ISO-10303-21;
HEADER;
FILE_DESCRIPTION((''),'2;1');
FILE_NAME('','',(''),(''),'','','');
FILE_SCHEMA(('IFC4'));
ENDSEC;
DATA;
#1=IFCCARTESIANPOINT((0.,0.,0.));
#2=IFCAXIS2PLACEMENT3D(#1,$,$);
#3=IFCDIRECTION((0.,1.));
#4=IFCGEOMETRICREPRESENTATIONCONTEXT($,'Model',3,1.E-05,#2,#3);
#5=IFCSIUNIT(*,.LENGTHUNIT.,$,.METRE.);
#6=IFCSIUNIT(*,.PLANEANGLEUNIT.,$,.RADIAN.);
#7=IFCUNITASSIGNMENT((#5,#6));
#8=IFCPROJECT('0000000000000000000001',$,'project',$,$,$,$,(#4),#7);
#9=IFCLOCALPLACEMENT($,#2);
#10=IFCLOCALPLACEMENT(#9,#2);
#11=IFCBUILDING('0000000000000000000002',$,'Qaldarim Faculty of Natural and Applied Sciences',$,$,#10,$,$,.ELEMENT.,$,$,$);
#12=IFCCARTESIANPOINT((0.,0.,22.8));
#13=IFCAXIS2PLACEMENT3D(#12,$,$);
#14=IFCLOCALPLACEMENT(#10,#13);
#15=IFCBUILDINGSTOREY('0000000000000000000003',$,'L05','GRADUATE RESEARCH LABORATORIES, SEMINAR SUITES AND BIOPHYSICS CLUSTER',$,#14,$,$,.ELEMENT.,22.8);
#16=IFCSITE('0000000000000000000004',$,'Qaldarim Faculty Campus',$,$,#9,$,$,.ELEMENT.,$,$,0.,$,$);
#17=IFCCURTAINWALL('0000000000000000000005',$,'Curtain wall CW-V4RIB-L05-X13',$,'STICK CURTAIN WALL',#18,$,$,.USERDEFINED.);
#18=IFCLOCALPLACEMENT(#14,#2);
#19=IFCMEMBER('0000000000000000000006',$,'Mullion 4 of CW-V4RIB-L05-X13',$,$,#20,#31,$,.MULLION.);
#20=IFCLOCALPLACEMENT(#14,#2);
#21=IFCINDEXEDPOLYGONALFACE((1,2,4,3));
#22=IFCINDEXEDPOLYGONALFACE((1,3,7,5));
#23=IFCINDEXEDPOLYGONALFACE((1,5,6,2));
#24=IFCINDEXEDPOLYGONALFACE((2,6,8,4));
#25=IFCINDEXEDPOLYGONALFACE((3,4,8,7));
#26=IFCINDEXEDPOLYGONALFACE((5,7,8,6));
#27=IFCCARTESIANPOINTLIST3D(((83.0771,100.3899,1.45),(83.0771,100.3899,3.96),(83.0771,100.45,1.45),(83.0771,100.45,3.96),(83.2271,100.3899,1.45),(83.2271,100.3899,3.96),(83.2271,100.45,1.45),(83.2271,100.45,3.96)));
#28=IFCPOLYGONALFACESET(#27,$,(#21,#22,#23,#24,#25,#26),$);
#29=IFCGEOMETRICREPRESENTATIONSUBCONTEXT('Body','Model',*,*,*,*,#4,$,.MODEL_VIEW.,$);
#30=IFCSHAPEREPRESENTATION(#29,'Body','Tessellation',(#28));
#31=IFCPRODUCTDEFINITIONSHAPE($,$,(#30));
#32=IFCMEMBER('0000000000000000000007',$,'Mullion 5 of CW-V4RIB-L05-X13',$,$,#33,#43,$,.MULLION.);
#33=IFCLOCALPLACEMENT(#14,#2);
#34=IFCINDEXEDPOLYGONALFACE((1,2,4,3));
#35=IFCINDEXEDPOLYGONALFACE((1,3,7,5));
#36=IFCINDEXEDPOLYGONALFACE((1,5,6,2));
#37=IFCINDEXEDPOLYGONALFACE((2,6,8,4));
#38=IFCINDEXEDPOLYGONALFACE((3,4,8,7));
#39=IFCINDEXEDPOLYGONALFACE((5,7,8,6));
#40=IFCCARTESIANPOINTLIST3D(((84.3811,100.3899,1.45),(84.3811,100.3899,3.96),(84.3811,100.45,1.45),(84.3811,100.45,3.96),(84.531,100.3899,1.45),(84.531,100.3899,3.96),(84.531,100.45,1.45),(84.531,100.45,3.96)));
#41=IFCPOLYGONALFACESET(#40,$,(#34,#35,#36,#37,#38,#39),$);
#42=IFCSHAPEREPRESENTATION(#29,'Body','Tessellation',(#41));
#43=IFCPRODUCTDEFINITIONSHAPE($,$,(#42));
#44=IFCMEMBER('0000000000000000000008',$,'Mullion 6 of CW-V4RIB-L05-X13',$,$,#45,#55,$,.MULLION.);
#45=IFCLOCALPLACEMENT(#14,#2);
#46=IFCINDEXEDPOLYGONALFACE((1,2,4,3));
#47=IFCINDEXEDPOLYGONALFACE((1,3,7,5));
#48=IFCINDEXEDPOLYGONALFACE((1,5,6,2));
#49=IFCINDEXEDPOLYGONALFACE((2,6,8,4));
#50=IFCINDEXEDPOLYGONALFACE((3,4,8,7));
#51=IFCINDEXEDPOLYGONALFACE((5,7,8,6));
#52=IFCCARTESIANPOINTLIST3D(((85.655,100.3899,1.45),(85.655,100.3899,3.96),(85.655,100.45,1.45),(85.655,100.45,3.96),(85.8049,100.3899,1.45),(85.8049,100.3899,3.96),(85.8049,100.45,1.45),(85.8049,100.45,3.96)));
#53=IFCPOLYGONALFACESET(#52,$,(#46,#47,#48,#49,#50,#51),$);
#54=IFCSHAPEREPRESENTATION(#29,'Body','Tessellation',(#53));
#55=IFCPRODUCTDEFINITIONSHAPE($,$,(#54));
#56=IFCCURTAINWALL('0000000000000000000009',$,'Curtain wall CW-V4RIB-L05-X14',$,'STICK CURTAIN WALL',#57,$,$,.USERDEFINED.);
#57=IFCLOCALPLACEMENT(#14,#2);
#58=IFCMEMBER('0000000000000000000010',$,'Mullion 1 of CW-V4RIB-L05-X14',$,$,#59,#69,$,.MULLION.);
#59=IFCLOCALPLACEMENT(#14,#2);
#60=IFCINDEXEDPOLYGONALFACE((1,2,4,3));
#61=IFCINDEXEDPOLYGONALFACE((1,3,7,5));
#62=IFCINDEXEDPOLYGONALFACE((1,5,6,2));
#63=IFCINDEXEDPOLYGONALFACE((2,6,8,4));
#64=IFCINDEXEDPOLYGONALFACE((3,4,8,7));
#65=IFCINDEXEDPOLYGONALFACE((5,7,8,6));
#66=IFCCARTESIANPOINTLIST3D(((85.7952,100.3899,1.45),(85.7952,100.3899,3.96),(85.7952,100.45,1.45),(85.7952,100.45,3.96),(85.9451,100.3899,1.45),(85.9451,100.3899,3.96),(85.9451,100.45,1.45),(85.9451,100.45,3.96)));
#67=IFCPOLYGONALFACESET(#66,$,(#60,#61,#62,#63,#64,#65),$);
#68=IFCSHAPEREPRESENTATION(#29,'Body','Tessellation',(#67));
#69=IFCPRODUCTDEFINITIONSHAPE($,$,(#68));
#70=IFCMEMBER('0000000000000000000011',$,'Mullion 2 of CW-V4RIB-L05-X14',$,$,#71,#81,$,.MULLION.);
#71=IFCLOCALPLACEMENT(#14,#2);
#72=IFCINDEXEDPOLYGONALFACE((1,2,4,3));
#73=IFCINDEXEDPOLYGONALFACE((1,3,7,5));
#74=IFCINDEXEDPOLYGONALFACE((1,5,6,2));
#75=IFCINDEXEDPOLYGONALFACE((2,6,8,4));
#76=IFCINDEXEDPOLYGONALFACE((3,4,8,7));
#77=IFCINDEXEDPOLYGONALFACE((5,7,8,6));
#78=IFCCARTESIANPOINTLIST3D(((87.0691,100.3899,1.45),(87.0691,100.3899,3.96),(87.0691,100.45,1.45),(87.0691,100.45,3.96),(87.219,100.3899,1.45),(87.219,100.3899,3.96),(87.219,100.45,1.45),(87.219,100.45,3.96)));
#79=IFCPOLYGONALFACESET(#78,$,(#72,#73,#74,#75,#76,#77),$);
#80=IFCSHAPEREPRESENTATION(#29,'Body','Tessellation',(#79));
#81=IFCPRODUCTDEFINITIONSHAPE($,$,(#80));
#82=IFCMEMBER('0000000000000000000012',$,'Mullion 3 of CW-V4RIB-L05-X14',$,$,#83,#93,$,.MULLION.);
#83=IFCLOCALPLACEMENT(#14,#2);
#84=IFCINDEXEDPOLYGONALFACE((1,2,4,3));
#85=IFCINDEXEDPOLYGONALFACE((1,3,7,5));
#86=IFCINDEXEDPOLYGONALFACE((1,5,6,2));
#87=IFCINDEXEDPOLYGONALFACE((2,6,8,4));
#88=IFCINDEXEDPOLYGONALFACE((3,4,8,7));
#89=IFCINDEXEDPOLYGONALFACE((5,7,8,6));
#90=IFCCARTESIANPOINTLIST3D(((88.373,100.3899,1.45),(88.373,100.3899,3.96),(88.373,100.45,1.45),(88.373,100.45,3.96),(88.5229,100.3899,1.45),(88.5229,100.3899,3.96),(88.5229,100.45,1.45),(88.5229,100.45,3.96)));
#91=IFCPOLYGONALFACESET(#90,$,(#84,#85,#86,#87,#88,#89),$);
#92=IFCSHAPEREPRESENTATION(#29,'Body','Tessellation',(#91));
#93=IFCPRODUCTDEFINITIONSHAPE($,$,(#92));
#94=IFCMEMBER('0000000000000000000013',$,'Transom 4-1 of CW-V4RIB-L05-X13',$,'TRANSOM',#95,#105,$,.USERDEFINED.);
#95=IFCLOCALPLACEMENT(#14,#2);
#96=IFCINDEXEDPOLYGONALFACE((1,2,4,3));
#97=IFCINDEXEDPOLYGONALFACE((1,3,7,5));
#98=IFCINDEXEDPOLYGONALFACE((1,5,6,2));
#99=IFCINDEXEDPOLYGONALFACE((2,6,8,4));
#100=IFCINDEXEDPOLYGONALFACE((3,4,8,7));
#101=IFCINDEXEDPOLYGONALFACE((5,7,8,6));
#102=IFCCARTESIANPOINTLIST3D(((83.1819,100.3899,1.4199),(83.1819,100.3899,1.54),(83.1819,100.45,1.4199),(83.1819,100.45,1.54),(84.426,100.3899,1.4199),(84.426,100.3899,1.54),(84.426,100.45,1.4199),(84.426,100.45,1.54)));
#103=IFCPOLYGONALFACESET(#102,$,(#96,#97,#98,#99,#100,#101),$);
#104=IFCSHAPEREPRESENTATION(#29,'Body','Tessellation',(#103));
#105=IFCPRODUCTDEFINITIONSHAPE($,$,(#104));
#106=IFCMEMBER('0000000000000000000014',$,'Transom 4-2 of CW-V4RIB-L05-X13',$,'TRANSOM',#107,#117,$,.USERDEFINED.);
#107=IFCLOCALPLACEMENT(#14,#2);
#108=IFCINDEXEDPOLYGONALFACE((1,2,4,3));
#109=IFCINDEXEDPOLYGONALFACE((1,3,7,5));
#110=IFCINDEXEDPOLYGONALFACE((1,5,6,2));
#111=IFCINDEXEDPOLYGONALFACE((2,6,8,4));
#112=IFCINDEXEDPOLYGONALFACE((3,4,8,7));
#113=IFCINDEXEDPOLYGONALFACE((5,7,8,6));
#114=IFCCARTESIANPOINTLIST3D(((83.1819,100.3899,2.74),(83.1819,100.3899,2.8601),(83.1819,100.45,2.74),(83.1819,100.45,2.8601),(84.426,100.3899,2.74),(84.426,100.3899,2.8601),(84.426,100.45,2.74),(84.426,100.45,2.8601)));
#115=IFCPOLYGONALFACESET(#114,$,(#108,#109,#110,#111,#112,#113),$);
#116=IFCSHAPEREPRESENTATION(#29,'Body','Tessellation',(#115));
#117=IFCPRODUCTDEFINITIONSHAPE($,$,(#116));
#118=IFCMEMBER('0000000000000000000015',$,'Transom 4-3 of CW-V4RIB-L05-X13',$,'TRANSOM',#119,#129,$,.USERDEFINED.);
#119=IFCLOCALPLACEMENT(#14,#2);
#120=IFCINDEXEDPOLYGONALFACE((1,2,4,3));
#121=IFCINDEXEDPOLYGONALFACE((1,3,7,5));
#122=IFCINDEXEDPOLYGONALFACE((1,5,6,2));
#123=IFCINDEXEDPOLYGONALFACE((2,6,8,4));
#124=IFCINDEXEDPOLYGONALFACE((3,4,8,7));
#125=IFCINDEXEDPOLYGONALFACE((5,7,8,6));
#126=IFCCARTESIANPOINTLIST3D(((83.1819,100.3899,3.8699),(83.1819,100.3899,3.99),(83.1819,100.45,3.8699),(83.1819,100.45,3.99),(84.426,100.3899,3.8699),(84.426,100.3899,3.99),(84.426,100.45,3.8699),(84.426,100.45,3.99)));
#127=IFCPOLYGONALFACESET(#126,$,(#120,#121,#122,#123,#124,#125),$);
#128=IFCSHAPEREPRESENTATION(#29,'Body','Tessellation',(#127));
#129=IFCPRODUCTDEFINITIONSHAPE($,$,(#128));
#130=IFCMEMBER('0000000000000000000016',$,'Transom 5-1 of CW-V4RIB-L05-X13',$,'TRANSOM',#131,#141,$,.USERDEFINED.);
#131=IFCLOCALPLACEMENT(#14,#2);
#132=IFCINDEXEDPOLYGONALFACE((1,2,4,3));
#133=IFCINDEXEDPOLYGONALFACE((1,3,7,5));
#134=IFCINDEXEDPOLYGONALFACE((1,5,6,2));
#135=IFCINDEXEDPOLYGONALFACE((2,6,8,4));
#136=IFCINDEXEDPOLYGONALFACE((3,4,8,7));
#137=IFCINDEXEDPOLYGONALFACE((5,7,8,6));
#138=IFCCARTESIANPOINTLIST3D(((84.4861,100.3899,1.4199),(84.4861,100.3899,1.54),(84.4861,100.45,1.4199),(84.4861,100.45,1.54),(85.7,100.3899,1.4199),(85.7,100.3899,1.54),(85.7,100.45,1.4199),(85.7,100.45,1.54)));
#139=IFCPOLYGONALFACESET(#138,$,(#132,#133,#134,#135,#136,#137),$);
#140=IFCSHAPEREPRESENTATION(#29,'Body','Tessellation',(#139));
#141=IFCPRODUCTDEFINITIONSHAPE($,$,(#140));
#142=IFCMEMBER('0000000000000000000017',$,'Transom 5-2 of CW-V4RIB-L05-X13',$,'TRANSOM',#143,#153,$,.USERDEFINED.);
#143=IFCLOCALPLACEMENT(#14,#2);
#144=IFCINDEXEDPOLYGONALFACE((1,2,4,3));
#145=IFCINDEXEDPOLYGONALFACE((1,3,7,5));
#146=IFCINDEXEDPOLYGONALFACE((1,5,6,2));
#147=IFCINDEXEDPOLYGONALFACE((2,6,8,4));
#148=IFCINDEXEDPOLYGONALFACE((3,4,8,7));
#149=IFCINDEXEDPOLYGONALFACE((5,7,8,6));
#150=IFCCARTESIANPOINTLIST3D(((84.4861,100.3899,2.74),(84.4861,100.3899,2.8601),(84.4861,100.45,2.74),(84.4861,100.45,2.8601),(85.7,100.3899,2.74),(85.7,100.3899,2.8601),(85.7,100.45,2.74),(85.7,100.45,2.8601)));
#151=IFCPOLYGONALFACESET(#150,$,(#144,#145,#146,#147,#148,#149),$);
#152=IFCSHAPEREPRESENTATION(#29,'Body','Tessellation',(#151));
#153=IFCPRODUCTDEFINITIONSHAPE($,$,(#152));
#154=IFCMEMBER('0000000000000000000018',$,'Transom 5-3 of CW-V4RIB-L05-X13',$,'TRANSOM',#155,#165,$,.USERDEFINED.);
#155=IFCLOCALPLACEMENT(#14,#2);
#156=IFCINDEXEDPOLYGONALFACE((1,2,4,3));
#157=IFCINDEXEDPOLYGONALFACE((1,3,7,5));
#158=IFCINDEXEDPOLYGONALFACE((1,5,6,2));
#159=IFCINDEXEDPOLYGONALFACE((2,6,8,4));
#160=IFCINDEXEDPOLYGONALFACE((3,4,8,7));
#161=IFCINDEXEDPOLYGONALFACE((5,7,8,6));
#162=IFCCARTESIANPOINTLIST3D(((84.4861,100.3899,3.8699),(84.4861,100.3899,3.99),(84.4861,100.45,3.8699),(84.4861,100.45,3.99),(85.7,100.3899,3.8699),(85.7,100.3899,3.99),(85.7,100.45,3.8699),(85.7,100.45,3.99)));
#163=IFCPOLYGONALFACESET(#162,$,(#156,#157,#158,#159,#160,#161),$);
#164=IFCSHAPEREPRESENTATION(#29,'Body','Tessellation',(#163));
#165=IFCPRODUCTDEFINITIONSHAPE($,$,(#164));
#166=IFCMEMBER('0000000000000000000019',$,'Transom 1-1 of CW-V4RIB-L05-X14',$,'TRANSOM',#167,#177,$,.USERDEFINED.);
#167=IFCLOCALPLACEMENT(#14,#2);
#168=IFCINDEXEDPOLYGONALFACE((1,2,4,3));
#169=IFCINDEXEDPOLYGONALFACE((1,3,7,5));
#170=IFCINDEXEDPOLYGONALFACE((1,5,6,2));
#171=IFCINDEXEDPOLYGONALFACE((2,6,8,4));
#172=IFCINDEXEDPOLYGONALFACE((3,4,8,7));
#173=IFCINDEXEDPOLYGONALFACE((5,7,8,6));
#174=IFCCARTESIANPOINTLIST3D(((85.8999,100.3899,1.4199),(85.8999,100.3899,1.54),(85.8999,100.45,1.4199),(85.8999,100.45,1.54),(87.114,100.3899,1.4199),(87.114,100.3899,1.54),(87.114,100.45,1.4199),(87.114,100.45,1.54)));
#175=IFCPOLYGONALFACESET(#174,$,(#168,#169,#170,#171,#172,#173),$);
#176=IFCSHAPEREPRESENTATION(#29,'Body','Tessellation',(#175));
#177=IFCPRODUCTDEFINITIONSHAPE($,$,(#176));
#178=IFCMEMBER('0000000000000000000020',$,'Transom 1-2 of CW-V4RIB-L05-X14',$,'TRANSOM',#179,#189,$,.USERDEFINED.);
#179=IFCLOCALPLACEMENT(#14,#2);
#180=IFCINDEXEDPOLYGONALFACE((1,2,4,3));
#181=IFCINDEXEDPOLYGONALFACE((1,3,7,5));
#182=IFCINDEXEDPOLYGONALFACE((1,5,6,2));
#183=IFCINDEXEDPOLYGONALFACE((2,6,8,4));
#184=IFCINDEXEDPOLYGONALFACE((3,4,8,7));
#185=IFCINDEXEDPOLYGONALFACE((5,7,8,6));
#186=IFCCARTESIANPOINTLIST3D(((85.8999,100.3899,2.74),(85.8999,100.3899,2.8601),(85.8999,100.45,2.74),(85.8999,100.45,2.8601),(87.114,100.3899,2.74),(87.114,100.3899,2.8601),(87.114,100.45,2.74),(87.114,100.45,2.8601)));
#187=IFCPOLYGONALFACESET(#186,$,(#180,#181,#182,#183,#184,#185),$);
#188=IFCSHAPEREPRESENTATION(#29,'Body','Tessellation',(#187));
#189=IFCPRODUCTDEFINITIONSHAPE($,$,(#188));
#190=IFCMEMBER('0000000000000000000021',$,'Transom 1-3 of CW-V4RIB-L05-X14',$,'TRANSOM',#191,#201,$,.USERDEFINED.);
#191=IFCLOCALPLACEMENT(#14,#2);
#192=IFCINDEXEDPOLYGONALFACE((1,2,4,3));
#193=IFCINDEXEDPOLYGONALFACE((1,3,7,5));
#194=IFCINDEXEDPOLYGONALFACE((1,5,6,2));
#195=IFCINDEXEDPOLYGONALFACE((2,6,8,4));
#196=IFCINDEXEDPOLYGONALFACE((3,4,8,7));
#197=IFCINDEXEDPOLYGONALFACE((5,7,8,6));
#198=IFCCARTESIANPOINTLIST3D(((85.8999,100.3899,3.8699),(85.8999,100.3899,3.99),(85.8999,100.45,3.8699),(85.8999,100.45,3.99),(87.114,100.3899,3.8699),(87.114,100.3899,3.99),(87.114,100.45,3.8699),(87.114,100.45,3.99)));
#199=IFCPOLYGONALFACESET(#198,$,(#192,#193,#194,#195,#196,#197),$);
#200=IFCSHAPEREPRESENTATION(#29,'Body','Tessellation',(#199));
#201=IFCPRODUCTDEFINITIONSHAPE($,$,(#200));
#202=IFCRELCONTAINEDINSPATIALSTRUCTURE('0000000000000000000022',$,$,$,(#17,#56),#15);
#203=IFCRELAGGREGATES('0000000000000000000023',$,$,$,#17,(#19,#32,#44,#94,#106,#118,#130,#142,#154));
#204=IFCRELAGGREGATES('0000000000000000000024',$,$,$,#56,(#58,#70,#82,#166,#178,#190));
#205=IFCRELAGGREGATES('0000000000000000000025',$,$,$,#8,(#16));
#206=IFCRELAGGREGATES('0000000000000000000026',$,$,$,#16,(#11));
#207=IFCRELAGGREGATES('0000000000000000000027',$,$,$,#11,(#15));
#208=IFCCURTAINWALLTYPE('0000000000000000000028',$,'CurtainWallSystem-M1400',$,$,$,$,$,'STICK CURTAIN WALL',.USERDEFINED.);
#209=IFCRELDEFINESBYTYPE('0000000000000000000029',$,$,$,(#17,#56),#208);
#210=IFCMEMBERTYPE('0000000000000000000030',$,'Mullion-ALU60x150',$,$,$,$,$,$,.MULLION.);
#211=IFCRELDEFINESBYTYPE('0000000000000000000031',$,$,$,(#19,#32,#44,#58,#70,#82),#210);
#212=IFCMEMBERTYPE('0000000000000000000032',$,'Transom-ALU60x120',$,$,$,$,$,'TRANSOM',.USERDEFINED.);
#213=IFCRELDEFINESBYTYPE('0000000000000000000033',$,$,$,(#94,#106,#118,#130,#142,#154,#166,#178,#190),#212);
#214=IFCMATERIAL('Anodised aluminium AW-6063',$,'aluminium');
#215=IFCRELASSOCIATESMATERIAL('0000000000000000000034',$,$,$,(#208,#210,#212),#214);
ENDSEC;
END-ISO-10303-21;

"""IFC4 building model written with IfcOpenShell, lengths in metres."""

from ifc_helpers import new_model, si_unit, direction, frame, origin, origin_2d, place, context, subcontext, project, spatial, rectangle, extrude, material, material_profile, profile_set, type_object, element, aggregate, save


model = new_model("IFC4")

# Units and contexts
model_context = context("Model", 3, precision=1e-05, world=origin(), true_north=direction((0.0, 1.0)))
body_context = subcontext(model_context, "Body", "Model", "MODEL_VIEW")
ifc_project = project(units=[si_unit("LENGTHUNIT", "METRE"), si_unit("PLANEANGLEUNIT", "RADIAN")], contexts=[model_context])

# Site, building, storey
site_placement = place(None, origin())
site = spatial("IfcSite", under=ifc_project, at=site_placement, Name="Qaldarim Faculty Campus", CompositionType="ELEMENT", RefElevation=0.0)
building_placement = place(site_placement, origin())
building = spatial("IfcBuilding", under=site, at=building_placement, Name="Qaldarim Faculty of Natural and Applied Sciences", CompositionType="ELEMENT")
storey_placement = place(building_placement, frame((0.0, 0.0, 22.8)))
storey = spatial("IfcBuildingStorey", under=building, at=storey_placement, Name="L05", Description="GRADUATE RESEARCH LABORATORIES, SEMINAR SUITES AND BIOPHYSICS CLUSTER", CompositionType="ELEMENT", Elevation=22.8)

# Curtain walls, members
ifc_material_1 = material(Name="Anodised aluminium AW-6063", Category="aluminium")
curtain_wall_type = type_object("IfcCurtainWallType", Name="CurtainWallSystem-M1400", ElementType="STICK CURTAIN WALL", PredefinedType="USERDEFINED", material=ifc_material_1)
curtain_wall_1_placement = place(storey_placement, origin())
curtain_wall_1 = element("IfcCurtainWall", 1, at=curtain_wall_1_placement, inside=storey, type_object=curtain_wall_type, Name="Curtain wall CW-V4RIB-L05-X13", ObjectType="STICK CURTAIN WALL", PredefinedType="USERDEFINED")
ifc_material_profile_1 = material_profile(ifc_material_1, rectangle(XDim=0.0601, YDim=0.1499, at=origin_2d()), Name="ALU-M60x150")
ifc_profile_set_1 = profile_set([ifc_material_profile_1], Name="Anodised aluminium AW-6063")
member_type_1 = type_object("IfcMemberType", Name="Mullion-ALU60x150", PredefinedType="MULLION", material=ifc_profile_set_1)
member_1_placement = place(storey_placement, frame((83.1521, 100.4199, 1.45), z_axis=(0.0, 0.0, 1.0), x_axis=(0.0, 1.0, 0.0)))
member_1 = element("IfcMember", 2, at=member_1_placement, type_object=member_type_1, Name="Mullion 4 of CW-V4RIB-L05-X13", PredefinedType="MULLION", context=body_context, shape_type="SweptSolid", body=[
    extrude(rectangle(XDim=0.0601, YDim=0.1499, at=origin_2d()), origin(), (0.0, 0.0, 1.0), 2.51),
])
member_2_placement = place(storey_placement, frame((84.4561, 100.4199, 1.45), z_axis=(0.0, 0.0, 1.0), x_axis=(0.0, 1.0, 0.0)))
member_2 = element("IfcMember", 3, at=member_2_placement, type_object=member_type_1, Name="Mullion 5 of CW-V4RIB-L05-X13", PredefinedType="MULLION", context=body_context, shape_type="SweptSolid", body=[
    extrude(rectangle(XDim=0.0601, YDim=0.1499, at=origin_2d()), origin(), (0.0, 0.0, 1.0), 2.51),
])
member_3_placement = place(storey_placement, frame((85.73, 100.4199, 1.45), z_axis=(0.0, 0.0, 1.0), x_axis=(0.0, 1.0, 0.0)))
member_3 = element("IfcMember", 4, at=member_3_placement, type_object=member_type_1, Name="Mullion 6 of CW-V4RIB-L05-X13", PredefinedType="MULLION", context=body_context, shape_type="SweptSolid", body=[
    extrude(rectangle(XDim=0.0601, YDim=0.1499, at=origin_2d()), origin(), (0.0, 0.0, 1.0), 2.51),
])
curtain_wall_2_placement = place(storey_placement, origin())
curtain_wall_2 = element("IfcCurtainWall", 5, at=curtain_wall_2_placement, inside=storey, type_object=curtain_wall_type, Name="Curtain wall CW-V4RIB-L05-X14", ObjectType="STICK CURTAIN WALL", PredefinedType="USERDEFINED")
member_4_placement = place(storey_placement, frame((85.8701, 100.4199, 1.45), z_axis=(0.0, 0.0, 1.0), x_axis=(0.0, 1.0, 0.0)))
member_4 = element("IfcMember", 6, at=member_4_placement, type_object=member_type_1, Name="Mullion 1 of CW-V4RIB-L05-X14", PredefinedType="MULLION", context=body_context, shape_type="SweptSolid", body=[
    extrude(rectangle(XDim=0.0601, YDim=0.1499, at=origin_2d()), origin(), (0.0, 0.0, 1.0), 2.51),
])
member_5_placement = place(storey_placement, frame((87.144, 100.4199, 1.45), z_axis=(0.0, 0.0, 1.0), x_axis=(0.0, 1.0, 0.0)))
member_5 = element("IfcMember", 7, at=member_5_placement, type_object=member_type_1, Name="Mullion 2 of CW-V4RIB-L05-X14", PredefinedType="MULLION", context=body_context, shape_type="SweptSolid", body=[
    extrude(rectangle(XDim=0.0601, YDim=0.1499, at=origin_2d()), origin(), (0.0, 0.0, 1.0), 2.51),
])
member_6_placement = place(storey_placement, frame((88.448, 100.4199, 1.45), z_axis=(0.0, 0.0, 1.0), x_axis=(0.0, 1.0, 0.0)))
member_6 = element("IfcMember", 8, at=member_6_placement, type_object=member_type_1, Name="Mullion 3 of CW-V4RIB-L05-X14", PredefinedType="MULLION", context=body_context, shape_type="SweptSolid", body=[
    extrude(rectangle(XDim=0.0601, YDim=0.1499, at=origin_2d()), origin(), (0.0, 0.0, 1.0), 2.51),
])

# Members
ifc_material_profile_2 = material_profile(ifc_material_1, rectangle(XDim=0.0601, YDim=0.1201, at=origin_2d()), Name="ALU-T60x120")
ifc_profile_set_2 = profile_set([ifc_material_profile_2], Name="Anodised aluminium AW-6063")
member_type_2 = type_object("IfcMemberType", Name="Transom-ALU60x120", ElementType="TRANSOM", PredefinedType="USERDEFINED", material=ifc_profile_set_2)
member_7_placement = place(storey_placement, frame((83.1819, 100.4199, 1.48), z_axis=(1.0, 0.0, 0.0), x_axis=(0.0, 1.0, 0.0)))
member_7 = element("IfcMember", 9, at=member_7_placement, type_object=member_type_2, Name="Transom 4-1 of CW-V4RIB-L05-X13", ObjectType="TRANSOM", PredefinedType="USERDEFINED", context=body_context, shape_type="SweptSolid", body=[
    extrude(rectangle(XDim=0.0601, YDim=0.1201, at=origin_2d()), origin(), (0.0, 0.0, 1.0), 1.2441),
])
member_8_placement = place(storey_placement, frame((83.1819, 100.4199, 2.8), z_axis=(1.0, 0.0, 0.0), x_axis=(0.0, 1.0, 0.0)))
member_8 = element("IfcMember", 10, at=member_8_placement, type_object=member_type_2, Name="Transom 4-2 of CW-V4RIB-L05-X13", ObjectType="TRANSOM", PredefinedType="USERDEFINED", context=body_context, shape_type="SweptSolid", body=[
    extrude(rectangle(XDim=0.0601, YDim=0.1201, at=origin_2d()), origin(), (0.0, 0.0, 1.0), 1.2441),
])
member_9_placement = place(storey_placement, frame((83.1819, 100.4199, 3.9299), z_axis=(1.0, 0.0, 0.0), x_axis=(0.0, 1.0, 0.0)))
member_9 = element("IfcMember", 11, at=member_9_placement, type_object=member_type_2, Name="Transom 4-3 of CW-V4RIB-L05-X13", ObjectType="TRANSOM", PredefinedType="USERDEFINED", context=body_context, shape_type="SweptSolid", body=[
    extrude(rectangle(XDim=0.0601, YDim=0.1201, at=origin_2d()), origin(), (0.0, 0.0, 1.0), 1.2441),
])
member_10_placement = place(storey_placement, frame((84.4861, 100.4199, 1.48), z_axis=(1.0, 0.0, 0.0), x_axis=(0.0, 1.0, 0.0)))
member_10 = element("IfcMember", 12, at=member_10_placement, type_object=member_type_2, Name="Transom 5-1 of CW-V4RIB-L05-X13", ObjectType="TRANSOM", PredefinedType="USERDEFINED", context=body_context, shape_type="SweptSolid", body=[
    extrude(rectangle(XDim=0.0601, YDim=0.1201, at=origin_2d()), origin(), (0.0, 0.0, 1.0), 1.2139),
])
member_11_placement = place(storey_placement, frame((84.4861, 100.4199, 2.8), z_axis=(1.0, 0.0, 0.0), x_axis=(0.0, 1.0, 0.0)))
member_11 = element("IfcMember", 13, at=member_11_placement, type_object=member_type_2, Name="Transom 5-2 of CW-V4RIB-L05-X13", ObjectType="TRANSOM", PredefinedType="USERDEFINED", context=body_context, shape_type="SweptSolid", body=[
    extrude(rectangle(XDim=0.0601, YDim=0.1201, at=origin_2d()), origin(), (0.0, 0.0, 1.0), 1.2139),
])
member_12_placement = place(storey_placement, frame((84.4861, 100.4199, 3.9299), z_axis=(1.0, 0.0, 0.0), x_axis=(0.0, 1.0, 0.0)))
member_12 = element("IfcMember", 14, at=member_12_placement, type_object=member_type_2, Name="Transom 5-3 of CW-V4RIB-L05-X13", ObjectType="TRANSOM", PredefinedType="USERDEFINED", context=body_context, shape_type="SweptSolid", body=[
    extrude(rectangle(XDim=0.0601, YDim=0.1201, at=origin_2d()), origin(), (0.0, 0.0, 1.0), 1.2139),
])
member_13_placement = place(storey_placement, frame((85.8999, 100.4199, 1.48), z_axis=(1.0, 0.0, 0.0), x_axis=(0.0, 1.0, 0.0)))
member_13 = element("IfcMember", 15, at=member_13_placement, type_object=member_type_2, Name="Transom 1-1 of CW-V4RIB-L05-X14", ObjectType="TRANSOM", PredefinedType="USERDEFINED", context=body_context, shape_type="SweptSolid", body=[
    extrude(rectangle(XDim=0.0601, YDim=0.1201, at=origin_2d()), origin(), (0.0, 0.0, 1.0), 1.2141),
])
member_14_placement = place(storey_placement, frame((85.8999, 100.4199, 2.8), z_axis=(1.0, 0.0, 0.0), x_axis=(0.0, 1.0, 0.0)))
member_14 = element("IfcMember", 16, at=member_14_placement, type_object=member_type_2, Name="Transom 1-2 of CW-V4RIB-L05-X14", ObjectType="TRANSOM", PredefinedType="USERDEFINED", context=body_context, shape_type="SweptSolid", body=[
    extrude(rectangle(XDim=0.0601, YDim=0.1201, at=origin_2d()), origin(), (0.0, 0.0, 1.0), 1.2141),
])
member_15_placement = place(storey_placement, frame((85.8999, 100.4199, 3.9299), z_axis=(1.0, 0.0, 0.0), x_axis=(0.0, 1.0, 0.0)))
member_15 = element("IfcMember", 17, at=member_15_placement, type_object=member_type_2, Name="Transom 1-3 of CW-V4RIB-L05-X14", ObjectType="TRANSOM", PredefinedType="USERDEFINED", context=body_context, shape_type="SweptSolid", body=[
    extrude(rectangle(XDim=0.0601, YDim=0.1201, at=origin_2d()), origin(), (0.0, 0.0, 1.0), 1.2141),
])

aggregate(curtain_wall_1, [member_1, member_2, member_3, member_7, member_8, member_9, member_10, member_11, member_12])
aggregate(curtain_wall_2, [member_4, member_5, member_6, member_13, member_14, member_15])

save(model, "model.ifc")
